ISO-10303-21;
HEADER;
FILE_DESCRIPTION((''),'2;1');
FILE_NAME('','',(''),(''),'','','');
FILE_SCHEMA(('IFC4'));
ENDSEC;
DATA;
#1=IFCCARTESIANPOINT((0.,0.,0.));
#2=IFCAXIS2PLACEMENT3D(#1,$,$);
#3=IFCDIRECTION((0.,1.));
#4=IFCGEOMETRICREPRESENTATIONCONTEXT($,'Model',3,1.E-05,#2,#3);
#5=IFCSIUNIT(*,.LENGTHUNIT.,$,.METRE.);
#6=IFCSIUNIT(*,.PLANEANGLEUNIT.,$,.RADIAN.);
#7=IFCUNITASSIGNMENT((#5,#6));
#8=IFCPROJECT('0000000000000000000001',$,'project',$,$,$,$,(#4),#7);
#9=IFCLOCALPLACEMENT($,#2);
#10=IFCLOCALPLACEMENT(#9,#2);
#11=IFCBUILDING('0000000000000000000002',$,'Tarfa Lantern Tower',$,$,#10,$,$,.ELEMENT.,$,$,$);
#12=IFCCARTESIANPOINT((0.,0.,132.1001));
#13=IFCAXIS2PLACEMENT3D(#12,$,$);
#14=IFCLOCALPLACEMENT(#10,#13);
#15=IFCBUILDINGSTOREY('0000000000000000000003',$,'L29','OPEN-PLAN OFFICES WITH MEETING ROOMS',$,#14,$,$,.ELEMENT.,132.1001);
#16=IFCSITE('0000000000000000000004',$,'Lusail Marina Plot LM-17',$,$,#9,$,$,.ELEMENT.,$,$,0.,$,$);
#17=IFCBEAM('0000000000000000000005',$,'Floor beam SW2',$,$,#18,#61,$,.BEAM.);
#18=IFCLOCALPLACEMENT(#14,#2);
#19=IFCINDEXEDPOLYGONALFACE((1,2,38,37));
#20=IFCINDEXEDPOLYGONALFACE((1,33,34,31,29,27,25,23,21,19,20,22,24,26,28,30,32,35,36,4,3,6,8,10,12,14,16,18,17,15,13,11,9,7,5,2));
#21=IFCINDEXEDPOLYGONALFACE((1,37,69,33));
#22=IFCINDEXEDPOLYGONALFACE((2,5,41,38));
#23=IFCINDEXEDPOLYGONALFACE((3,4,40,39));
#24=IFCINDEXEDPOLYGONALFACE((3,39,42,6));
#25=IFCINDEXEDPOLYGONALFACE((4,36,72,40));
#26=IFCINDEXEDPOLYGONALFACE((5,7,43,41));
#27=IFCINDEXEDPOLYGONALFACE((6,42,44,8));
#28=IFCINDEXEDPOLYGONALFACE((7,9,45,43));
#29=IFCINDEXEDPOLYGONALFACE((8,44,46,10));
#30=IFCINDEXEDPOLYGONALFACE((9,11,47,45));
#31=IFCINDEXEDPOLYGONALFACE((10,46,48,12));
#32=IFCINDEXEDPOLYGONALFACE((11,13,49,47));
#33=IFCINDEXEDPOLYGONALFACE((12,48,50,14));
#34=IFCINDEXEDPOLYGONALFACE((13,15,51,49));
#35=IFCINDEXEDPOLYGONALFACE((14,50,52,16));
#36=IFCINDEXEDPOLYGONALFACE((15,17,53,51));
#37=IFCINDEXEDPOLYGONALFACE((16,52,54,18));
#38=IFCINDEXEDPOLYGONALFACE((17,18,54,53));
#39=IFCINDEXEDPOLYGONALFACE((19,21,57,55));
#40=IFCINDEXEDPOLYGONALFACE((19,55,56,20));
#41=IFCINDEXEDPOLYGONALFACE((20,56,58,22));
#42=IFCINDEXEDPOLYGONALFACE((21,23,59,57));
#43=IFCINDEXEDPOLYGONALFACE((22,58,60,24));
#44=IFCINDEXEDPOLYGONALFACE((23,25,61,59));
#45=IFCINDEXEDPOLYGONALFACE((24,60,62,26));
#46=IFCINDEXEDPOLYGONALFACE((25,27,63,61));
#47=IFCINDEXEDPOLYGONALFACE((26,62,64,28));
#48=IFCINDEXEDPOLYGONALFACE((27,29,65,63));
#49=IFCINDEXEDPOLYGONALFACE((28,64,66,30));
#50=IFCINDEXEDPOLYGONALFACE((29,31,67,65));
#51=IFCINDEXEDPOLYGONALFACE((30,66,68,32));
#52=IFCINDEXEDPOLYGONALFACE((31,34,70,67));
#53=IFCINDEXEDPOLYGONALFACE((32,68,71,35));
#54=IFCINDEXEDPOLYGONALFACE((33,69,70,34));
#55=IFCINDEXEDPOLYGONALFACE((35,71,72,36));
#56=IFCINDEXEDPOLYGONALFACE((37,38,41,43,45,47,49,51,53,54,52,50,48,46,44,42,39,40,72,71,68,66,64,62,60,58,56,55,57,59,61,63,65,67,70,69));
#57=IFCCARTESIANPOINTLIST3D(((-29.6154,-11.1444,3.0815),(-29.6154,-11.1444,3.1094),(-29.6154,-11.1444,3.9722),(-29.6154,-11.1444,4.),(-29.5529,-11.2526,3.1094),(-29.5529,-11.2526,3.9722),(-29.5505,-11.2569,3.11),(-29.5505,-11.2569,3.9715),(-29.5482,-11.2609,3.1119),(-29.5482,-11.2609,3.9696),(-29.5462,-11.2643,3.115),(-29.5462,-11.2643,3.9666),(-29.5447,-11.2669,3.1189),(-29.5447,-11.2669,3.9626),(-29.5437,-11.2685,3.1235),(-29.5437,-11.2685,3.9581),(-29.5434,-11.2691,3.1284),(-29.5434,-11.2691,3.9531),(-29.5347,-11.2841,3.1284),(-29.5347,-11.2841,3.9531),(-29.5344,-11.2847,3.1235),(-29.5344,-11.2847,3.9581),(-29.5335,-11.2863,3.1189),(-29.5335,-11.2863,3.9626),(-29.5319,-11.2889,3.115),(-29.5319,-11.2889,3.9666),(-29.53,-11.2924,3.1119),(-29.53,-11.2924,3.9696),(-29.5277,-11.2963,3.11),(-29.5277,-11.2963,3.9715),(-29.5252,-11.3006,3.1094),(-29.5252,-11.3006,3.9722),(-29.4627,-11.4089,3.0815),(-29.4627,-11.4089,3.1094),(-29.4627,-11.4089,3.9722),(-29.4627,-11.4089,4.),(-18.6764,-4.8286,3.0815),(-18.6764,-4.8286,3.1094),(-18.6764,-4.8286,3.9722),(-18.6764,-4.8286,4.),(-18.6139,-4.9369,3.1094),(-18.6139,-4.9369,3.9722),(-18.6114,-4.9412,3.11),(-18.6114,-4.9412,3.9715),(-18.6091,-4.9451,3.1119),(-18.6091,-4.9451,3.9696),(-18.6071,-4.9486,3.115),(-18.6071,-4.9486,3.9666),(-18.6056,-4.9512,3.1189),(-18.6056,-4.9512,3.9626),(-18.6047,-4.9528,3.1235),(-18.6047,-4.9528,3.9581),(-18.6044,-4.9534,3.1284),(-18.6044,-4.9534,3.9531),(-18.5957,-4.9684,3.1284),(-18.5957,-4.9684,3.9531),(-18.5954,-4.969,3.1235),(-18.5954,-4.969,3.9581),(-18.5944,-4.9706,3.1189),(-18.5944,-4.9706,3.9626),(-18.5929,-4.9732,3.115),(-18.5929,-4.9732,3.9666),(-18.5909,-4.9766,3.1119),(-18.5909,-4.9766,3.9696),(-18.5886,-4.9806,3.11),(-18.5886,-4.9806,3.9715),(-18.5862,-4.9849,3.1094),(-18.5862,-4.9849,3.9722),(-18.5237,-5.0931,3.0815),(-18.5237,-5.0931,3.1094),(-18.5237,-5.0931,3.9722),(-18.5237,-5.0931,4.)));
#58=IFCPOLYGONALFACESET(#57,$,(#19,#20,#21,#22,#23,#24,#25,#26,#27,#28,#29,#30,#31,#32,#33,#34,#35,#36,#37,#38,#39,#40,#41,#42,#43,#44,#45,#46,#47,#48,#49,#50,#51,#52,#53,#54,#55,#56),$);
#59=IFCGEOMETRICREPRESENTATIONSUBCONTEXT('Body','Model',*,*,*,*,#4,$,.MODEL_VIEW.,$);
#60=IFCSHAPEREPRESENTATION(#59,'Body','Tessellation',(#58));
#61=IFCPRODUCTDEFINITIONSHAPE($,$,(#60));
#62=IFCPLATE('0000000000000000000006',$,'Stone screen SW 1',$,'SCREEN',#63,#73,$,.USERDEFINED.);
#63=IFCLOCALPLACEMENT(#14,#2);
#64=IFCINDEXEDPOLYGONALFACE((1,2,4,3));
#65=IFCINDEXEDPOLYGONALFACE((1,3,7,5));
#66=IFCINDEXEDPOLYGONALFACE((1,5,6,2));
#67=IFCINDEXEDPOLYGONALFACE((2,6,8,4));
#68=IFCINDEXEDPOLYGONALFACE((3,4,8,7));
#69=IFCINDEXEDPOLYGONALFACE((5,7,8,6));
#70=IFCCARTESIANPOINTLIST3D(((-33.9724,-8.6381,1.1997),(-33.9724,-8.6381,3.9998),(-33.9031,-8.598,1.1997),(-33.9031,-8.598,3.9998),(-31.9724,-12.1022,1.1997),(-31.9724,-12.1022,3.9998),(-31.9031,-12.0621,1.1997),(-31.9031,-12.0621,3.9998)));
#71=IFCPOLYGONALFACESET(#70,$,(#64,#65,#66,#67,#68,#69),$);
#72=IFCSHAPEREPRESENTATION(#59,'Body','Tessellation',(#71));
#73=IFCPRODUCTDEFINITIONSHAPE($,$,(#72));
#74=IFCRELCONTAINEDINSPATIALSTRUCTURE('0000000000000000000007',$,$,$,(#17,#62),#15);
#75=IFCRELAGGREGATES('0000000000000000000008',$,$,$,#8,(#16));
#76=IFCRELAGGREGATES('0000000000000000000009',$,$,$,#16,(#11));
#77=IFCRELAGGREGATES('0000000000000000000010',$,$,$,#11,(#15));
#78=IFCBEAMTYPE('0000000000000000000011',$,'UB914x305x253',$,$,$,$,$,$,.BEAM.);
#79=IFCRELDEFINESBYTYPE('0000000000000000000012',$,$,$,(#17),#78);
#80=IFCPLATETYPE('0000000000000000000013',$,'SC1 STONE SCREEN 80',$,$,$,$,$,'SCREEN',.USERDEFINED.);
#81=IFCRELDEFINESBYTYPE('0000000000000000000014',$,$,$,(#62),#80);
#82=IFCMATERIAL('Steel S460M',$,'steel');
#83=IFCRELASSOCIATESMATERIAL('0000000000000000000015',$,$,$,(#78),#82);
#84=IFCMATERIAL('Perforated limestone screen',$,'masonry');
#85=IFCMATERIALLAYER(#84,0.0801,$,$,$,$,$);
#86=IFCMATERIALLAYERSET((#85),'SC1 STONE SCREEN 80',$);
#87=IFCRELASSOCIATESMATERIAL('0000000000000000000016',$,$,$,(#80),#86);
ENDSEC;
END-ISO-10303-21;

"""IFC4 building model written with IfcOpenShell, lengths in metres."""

from ifc_helpers import new_model, si_unit, direction, frame, origin, origin_2d, place, context, subcontext, project, spatial, rectangle, i_section, extrude, material, layer, layer_set, material_profile, profile_set, type_object, element, save


model = new_model("IFC4")

# Units and contexts
model_context = context("Model", 3, precision=1e-05, world=origin(), true_north=direction((0.0, 1.0)))
body_context = subcontext(model_context, "Body", "Model", "MODEL_VIEW")
ifc_project = project(units=[si_unit("LENGTHUNIT", "METRE"), si_unit("PLANEANGLEUNIT", "RADIAN")], contexts=[model_context])

# Site, building, storey
site_placement = place(None, origin())
site = spatial("IfcSite", under=ifc_project, at=site_placement, Name="Lusail Marina Plot LM-17", CompositionType="ELEMENT", RefElevation=0.0)
building_placement = place(site_placement, origin())
building = spatial("IfcBuilding", under=site, at=building_placement, Name="Tarfa Lantern Tower", CompositionType="ELEMENT")
storey_placement = place(building_placement, frame((0.0, 0.0, 132.1001)))
storey = spatial("IfcBuildingStorey", under=building, at=storey_placement, Name="L29", Description="OPEN-PLAN OFFICES WITH MEETING ROOMS", CompositionType="ELEMENT", Elevation=132.1001)

# Beam
ifc_material_1 = material(Name="Steel S460M", Category="steel")
ifc_material_profile_1 = material_profile(ifc_material_1, i_section(OverallWidth=0.3054, OverallDepth=0.9185, WebThickness=0.0173, FlangeThickness=0.0278, FilletRadius=0.019, at=origin_2d()), Name="UB914x305x253")
ifc_profile_set_1 = profile_set([ifc_material_profile_1], Name="Steel S460M")
beam_type_1 = type_object("IfcBeamType", Name="UB914x305x253", PredefinedType="BEAM", material=ifc_profile_set_1)
beam_1_placement = place(storey_placement, frame((-29.5391, -11.2766, 3.5408), z_axis=(0.866023, 0.500004, 0.0), x_axis=(-0.500004, 0.866023, 0.0)))
element("IfcBeam", 1, at=beam_1_placement, inside=storey, type_object=beam_type_1, Name="Floor beam SW2", PredefinedType="BEAM", context=body_context, shape_type="SweptSolid", body=[
    extrude(i_section(OverallWidth=0.3054, OverallDepth=0.9185, WebThickness=0.0173, FlangeThickness=0.0278, FilletRadius=0.019, at=origin_2d()), origin(), (0.0, 0.0, 1.0), 12.6313),
])

# Plate
ifc_material_2 = material(Name="Perforated limestone screen", Category="masonry")
ifc_layer_1 = layer(ifc_material_2, 0.0801)
ifc_layer_set_1 = layer_set([ifc_layer_1], Name="SC1 STONE SCREEN 80")
plate_type = type_object("IfcPlateType", Name="SC1 STONE SCREEN 80", ElementType="SCREEN", PredefinedType="USERDEFINED", material=ifc_layer_set_1)
plate_placement = place(storey_placement, frame((-32.9377, -10.3501, 1.1997), z_axis=(0.0, 0.0, 1.0), x_axis=(0.5, -0.866025, 0.0)))
element("IfcPlate", 2, at=plate_placement, inside=storey, type_object=plate_type, Name="Stone screen SW 1", ObjectType="SCREEN", PredefinedType="USERDEFINED", context=body_context, shape_type="SweptSolid", body=[
    extrude(rectangle(XDim=4.0, YDim=0.0801, at=origin_2d()), origin(), (0.0, 0.0, 1.0), 2.8),
])

save(model, "model.ifc")
